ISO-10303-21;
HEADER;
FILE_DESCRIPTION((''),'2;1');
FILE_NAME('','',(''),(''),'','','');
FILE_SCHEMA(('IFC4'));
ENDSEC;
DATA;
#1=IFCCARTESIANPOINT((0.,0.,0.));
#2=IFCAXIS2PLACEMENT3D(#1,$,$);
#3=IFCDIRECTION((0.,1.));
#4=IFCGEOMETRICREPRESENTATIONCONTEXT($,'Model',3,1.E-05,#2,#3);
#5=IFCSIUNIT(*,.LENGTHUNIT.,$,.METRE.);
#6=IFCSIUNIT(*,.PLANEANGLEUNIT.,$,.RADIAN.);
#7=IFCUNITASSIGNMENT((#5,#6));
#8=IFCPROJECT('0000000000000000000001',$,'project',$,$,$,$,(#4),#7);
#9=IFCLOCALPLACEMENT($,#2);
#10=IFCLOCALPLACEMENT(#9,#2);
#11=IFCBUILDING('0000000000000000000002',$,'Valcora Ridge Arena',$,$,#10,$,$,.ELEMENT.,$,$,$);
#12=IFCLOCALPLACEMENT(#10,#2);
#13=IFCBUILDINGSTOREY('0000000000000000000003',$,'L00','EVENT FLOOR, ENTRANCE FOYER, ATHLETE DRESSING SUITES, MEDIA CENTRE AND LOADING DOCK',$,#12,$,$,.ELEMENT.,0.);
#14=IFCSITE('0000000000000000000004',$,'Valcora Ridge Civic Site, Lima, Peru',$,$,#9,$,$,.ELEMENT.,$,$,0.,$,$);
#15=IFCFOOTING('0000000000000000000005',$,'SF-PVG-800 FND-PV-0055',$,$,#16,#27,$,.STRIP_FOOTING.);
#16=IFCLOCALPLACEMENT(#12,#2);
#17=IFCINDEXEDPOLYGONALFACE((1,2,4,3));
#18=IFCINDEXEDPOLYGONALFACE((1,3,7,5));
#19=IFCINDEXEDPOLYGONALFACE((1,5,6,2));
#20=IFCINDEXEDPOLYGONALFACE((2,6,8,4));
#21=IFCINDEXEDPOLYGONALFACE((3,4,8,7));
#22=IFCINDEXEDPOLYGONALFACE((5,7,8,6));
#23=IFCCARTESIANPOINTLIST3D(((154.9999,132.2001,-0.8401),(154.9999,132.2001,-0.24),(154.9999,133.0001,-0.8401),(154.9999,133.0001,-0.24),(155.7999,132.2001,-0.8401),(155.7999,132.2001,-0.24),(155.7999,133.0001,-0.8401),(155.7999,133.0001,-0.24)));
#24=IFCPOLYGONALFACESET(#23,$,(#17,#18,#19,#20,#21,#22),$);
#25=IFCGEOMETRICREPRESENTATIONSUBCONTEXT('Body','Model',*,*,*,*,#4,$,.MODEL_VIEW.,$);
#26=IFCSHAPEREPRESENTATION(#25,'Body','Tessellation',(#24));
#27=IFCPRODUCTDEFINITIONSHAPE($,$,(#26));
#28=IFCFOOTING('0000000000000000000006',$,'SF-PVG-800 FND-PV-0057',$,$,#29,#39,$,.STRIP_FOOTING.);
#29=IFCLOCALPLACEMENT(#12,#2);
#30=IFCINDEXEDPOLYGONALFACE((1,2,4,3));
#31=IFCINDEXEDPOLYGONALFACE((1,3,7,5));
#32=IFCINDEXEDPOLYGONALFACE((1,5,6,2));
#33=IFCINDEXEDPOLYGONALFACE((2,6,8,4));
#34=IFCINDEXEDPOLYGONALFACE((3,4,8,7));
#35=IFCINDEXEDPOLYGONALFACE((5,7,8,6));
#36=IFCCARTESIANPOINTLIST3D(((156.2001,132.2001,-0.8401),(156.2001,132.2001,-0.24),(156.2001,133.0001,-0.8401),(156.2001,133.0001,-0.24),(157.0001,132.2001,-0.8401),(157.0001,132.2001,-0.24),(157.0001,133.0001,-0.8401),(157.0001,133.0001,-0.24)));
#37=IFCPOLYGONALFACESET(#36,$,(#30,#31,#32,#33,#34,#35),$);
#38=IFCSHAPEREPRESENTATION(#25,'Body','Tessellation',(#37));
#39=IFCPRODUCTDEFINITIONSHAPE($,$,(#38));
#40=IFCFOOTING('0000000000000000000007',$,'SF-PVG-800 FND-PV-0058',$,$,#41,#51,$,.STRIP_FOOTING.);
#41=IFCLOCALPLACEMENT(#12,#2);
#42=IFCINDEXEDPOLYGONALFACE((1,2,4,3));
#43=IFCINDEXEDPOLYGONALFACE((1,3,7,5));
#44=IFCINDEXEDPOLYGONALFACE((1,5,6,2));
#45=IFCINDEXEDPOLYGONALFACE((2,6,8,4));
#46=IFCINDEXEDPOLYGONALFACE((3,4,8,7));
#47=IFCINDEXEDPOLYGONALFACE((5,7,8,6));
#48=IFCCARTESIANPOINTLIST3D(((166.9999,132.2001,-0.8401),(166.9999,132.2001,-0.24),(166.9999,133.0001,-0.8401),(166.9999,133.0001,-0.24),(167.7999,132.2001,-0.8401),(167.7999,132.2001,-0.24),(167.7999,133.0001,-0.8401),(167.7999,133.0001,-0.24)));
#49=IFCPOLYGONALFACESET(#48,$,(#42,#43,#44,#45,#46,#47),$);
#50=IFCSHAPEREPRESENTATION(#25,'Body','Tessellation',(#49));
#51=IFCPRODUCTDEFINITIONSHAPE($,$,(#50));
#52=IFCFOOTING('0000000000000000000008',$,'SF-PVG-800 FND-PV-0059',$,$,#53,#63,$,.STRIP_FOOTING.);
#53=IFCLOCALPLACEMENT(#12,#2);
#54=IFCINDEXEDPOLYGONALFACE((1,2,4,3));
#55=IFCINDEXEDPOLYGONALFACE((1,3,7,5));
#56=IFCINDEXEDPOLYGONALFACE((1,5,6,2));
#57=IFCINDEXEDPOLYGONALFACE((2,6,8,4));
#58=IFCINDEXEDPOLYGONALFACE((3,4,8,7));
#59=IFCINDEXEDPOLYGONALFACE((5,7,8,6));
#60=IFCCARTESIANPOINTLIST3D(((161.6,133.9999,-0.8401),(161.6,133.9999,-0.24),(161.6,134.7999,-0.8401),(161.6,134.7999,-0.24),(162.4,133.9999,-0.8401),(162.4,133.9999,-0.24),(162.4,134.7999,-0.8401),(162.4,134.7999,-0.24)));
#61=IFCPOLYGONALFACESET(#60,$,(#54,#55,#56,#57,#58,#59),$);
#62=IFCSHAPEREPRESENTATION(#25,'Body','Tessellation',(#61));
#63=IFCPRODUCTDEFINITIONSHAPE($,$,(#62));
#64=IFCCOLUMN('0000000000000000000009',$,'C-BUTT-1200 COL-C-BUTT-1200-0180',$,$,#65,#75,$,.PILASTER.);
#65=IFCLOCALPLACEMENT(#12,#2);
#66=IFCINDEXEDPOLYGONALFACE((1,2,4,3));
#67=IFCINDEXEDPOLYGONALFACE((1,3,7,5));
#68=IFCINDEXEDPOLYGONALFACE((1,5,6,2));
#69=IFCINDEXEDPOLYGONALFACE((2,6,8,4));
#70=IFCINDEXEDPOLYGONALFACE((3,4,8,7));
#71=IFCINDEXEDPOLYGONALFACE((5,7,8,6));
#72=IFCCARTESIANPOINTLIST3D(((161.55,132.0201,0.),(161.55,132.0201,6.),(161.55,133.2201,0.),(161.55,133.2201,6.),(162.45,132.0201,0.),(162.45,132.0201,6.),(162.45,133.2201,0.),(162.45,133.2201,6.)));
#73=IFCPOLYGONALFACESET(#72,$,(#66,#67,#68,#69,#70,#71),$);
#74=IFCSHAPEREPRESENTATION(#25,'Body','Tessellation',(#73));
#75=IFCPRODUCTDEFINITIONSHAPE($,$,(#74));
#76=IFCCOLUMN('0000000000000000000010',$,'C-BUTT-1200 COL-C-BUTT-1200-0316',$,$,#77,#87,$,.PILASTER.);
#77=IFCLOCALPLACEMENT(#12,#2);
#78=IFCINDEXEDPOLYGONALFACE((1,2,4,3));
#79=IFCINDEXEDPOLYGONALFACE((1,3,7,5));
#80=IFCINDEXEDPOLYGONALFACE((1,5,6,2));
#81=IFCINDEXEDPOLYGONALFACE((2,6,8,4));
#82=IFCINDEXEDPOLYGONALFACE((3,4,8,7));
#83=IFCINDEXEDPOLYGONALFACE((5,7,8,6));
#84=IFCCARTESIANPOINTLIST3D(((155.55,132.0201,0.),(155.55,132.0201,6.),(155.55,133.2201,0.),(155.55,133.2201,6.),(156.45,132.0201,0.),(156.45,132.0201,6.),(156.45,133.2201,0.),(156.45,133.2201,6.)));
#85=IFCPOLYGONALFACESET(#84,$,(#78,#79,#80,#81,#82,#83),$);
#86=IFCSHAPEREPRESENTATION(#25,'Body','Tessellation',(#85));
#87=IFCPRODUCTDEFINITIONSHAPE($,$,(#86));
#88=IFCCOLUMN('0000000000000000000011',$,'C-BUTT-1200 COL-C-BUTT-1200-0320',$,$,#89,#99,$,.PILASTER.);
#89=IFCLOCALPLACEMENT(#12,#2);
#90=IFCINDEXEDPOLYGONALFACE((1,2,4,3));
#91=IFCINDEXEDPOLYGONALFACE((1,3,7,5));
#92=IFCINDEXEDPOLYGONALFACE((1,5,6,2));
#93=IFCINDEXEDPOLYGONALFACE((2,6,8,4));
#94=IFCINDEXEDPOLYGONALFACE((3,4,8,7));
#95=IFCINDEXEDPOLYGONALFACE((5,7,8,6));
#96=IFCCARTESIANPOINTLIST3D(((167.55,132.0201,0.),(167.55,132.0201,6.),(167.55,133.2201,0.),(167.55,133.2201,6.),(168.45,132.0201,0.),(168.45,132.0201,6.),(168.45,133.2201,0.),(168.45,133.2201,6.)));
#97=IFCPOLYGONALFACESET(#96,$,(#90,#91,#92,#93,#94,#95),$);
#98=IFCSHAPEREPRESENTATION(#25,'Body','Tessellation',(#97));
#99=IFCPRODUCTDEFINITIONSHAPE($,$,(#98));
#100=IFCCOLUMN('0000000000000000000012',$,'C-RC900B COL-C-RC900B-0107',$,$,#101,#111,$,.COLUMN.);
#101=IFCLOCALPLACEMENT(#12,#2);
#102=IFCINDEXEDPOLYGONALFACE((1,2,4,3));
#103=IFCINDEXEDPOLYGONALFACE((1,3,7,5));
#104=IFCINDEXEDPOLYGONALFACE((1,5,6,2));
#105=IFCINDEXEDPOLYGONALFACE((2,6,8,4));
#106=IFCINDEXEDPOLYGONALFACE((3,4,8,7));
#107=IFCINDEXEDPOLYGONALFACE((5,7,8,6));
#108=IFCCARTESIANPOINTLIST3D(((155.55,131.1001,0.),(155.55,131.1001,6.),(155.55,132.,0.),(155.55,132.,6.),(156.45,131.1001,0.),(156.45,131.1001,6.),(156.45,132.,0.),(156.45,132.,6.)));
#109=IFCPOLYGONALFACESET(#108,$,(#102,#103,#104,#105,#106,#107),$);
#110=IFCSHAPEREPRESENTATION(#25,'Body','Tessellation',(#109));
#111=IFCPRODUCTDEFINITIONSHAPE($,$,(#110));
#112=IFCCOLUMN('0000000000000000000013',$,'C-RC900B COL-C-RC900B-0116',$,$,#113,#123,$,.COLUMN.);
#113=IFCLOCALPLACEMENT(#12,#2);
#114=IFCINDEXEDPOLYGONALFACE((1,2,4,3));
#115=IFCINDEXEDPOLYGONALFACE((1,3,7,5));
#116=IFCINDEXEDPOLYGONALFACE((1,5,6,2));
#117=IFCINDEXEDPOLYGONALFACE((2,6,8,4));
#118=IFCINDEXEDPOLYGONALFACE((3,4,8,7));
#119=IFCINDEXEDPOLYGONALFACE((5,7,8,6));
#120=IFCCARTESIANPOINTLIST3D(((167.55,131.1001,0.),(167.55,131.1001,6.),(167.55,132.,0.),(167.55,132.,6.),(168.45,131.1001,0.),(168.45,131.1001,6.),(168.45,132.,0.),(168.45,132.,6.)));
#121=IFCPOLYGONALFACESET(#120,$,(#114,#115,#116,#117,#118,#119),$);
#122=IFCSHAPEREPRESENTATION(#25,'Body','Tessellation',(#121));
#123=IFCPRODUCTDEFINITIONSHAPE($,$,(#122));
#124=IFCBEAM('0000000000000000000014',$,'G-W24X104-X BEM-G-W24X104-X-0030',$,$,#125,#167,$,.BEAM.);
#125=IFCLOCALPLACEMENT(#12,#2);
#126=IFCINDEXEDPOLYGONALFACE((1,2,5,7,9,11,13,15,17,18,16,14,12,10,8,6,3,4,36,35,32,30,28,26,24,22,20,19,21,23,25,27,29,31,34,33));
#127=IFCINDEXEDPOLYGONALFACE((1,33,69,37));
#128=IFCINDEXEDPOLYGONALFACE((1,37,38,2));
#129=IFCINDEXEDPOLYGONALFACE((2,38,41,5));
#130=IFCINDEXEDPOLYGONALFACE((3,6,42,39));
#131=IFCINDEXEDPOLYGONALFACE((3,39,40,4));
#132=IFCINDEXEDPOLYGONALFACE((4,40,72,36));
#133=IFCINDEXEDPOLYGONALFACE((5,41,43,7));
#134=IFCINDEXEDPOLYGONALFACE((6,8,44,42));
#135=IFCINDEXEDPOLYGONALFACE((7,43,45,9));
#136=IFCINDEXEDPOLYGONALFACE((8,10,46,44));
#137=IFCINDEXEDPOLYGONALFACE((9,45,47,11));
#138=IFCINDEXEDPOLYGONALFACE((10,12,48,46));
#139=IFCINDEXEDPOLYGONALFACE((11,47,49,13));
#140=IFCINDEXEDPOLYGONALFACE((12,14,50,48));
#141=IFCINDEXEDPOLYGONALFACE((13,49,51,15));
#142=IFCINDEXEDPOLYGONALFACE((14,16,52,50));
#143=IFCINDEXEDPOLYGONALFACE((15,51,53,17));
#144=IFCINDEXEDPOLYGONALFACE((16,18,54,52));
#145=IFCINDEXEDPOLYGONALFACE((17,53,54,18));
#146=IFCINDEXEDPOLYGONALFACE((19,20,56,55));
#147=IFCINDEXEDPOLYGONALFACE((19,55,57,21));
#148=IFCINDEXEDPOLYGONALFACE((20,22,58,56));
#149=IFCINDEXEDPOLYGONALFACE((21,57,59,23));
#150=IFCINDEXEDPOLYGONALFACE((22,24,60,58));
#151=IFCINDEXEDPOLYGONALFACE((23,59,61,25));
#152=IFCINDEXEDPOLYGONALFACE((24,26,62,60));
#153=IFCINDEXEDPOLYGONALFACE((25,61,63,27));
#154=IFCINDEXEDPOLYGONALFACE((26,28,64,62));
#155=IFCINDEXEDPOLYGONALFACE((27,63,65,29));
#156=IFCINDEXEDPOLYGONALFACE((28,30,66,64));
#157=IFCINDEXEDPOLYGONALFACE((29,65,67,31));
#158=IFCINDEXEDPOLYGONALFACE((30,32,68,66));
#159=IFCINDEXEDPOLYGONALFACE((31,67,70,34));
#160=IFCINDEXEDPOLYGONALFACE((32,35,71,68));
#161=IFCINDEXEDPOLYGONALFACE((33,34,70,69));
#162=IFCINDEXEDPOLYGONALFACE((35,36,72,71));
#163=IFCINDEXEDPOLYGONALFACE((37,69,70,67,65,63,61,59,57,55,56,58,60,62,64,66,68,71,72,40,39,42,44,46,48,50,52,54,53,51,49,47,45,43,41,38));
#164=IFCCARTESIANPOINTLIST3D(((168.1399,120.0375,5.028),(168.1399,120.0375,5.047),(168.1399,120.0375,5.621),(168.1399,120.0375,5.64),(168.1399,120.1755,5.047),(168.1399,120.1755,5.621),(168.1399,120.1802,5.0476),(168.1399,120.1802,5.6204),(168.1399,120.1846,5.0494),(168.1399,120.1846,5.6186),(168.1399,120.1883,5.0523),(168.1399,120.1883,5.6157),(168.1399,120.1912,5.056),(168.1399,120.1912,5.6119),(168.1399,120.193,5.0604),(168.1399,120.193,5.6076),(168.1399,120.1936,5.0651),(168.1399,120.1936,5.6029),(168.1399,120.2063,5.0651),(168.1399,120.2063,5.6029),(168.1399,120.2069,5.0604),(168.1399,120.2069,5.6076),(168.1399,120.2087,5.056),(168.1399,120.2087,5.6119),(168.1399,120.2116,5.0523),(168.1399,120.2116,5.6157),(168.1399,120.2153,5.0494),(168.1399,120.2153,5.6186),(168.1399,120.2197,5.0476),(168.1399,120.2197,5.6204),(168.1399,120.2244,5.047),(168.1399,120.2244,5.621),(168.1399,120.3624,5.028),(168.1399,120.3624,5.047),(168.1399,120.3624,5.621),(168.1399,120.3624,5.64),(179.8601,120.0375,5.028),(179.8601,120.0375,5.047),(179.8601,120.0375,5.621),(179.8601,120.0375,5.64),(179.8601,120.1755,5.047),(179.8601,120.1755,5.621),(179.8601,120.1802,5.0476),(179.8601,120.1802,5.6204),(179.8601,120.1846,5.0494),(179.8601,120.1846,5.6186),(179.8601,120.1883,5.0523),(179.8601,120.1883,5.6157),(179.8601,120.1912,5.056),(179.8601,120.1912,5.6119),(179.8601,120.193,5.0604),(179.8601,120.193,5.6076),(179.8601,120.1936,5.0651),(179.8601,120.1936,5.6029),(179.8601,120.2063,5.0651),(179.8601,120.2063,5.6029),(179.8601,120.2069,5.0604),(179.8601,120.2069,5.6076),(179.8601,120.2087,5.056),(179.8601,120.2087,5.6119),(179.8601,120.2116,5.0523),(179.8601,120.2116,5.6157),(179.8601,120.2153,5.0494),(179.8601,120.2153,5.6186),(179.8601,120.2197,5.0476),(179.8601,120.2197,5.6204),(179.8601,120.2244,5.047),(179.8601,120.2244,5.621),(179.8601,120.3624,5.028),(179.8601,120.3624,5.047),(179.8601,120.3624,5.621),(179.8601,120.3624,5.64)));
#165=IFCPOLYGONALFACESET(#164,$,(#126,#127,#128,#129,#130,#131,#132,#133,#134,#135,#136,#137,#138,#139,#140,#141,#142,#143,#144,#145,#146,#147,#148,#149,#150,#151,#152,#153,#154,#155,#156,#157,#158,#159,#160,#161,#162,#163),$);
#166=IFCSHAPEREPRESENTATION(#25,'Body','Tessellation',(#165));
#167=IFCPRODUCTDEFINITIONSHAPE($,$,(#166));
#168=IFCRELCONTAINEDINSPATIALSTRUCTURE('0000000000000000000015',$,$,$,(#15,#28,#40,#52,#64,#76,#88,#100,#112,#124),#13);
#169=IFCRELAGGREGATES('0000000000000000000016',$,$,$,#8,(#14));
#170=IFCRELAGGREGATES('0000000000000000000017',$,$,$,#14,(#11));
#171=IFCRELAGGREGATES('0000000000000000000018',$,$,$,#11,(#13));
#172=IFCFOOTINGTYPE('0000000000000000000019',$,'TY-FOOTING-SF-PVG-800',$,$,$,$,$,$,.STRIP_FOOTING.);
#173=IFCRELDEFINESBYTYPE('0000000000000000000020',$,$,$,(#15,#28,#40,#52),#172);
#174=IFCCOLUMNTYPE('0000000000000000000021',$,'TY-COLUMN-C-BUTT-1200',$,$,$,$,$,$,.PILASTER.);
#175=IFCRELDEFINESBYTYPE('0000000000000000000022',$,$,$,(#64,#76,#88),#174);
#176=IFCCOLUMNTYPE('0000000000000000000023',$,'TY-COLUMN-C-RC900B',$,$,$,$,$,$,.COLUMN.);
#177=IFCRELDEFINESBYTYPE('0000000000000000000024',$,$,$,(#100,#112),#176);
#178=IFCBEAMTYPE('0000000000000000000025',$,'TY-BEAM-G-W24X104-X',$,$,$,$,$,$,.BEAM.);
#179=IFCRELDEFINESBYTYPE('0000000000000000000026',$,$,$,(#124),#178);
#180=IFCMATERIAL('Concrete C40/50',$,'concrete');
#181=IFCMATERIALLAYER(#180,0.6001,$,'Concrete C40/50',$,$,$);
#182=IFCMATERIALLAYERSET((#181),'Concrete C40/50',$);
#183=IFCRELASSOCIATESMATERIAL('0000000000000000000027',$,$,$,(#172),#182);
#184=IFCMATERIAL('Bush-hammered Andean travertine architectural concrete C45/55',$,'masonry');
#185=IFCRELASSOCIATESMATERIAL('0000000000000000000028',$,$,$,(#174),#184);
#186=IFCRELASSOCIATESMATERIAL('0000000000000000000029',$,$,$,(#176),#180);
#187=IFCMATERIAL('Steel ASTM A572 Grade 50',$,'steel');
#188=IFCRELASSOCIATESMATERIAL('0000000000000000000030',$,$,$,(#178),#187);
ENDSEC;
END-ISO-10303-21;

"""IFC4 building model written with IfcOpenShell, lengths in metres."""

from ifc_helpers import new_model, si_unit, direction, frame, origin, origin_2d, place, context, subcontext, project, spatial, rectangle, i_section, extrude, material, layer, layer_set, material_profile, profile_set, type_object, element, save


model = new_model("IFC4")

# Units and contexts
model_context = context("Model", 3, precision=1e-05, world=origin(), true_north=direction((0.0, 1.0)))
body_context = subcontext(model_context, "Body", "Model", "MODEL_VIEW")
ifc_project = project(units=[si_unit("LENGTHUNIT", "METRE"), si_unit("PLANEANGLEUNIT", "RADIAN")], contexts=[model_context])

# Site, building, storey
site_placement = place(None, origin())
site = spatial("IfcSite", under=ifc_project, at=site_placement, Name="Valcora Ridge Civic Site, Lima, Peru", CompositionType="ELEMENT", RefElevation=0.0)
building_placement = place(site_placement, origin())
building = spatial("IfcBuilding", under=site, at=building_placement, Name="Valcora Ridge Arena", CompositionType="ELEMENT")
storey_placement = place(building_placement, origin())
storey = spatial("IfcBuildingStorey", under=building, at=storey_placement, Name="L00", Description="EVENT FLOOR, ENTRANCE FOYER, ATHLETE DRESSING SUITES, MEDIA CENTRE AND LOADING DOCK", CompositionType="ELEMENT", Elevation=0.0)

# Footings
ifc_material_1 = material(Name="Concrete C40/50", Category="concrete")
ifc_layer_1 = layer(ifc_material_1, 0.6001, Name="Concrete C40/50")
ifc_layer_set_1 = layer_set([ifc_layer_1], Name="Concrete C40/50")
footing_type = type_object("IfcFootingType", Name="TY-FOOTING-SF-PVG-800", PredefinedType="STRIP_FOOTING", material=ifc_layer_set_1)
for number, where, z_axis, x_axis, name in (
    (1, (155.3999, 132.6001, -0.8401), (0.0, 0.0, 1.0), (1.0, 0.0, 0.0), "SF-PVG-800 FND-PV-0055"),
    (2, (156.6001, 132.6001, -0.8401), (0.0, 0.0, 1.0), (1.0, 0.0, 0.0), "SF-PVG-800 FND-PV-0057"),
    (3, (167.3999, 132.6001, -0.8401), (0.0, 0.0, 1.0), (1.0, 0.0, 0.0), "SF-PVG-800 FND-PV-0058"),
    (4, (162.0, 134.3999, -0.8401), (0.0, 0.0, 1.0), (1.0, 0.0, 0.0), "SF-PVG-800 FND-PV-0059"),
):
    element("IfcFooting", number, at=place(storey_placement, frame(where, z_axis=z_axis, x_axis=x_axis)), inside=storey, type_object=footing_type, Name=name, PredefinedType="STRIP_FOOTING", context=body_context, shape_type="SweptSolid", body=[
        extrude(rectangle(XDim=0.8, YDim=0.8, at=origin_2d()), origin(), (0.0, 0.0, 1.0), 0.6001),
    ])

# Columns
ifc_material_2 = material(Name="Bush-hammered Andean travertine architectural concrete C45/55", Category="masonry")
ifc_material_profile_1 = material_profile(ifc_material_2, rectangle(XDim=0.8999, YDim=1.2, at=origin_2d()), Name="RC 900x1200")
ifc_profile_set_1 = profile_set([ifc_material_profile_1], Name="Bush-hammered Andean travertine architectural concrete C45/55")
column_type_1 = type_object("IfcColumnType", Name="TY-COLUMN-C-BUTT-1200", PredefinedType="PILASTER", material=ifc_profile_set_1)
for number, where, z_axis, x_axis, name in (
    (5, (162.0, 132.6201, 0.0), (0.0, 0.0, 1.0), (1.0, 0.0, 0.0), "C-BUTT-1200 COL-C-BUTT-1200-0180"),
    (6, (156.0, 132.6201, 0.0), (0.0, 0.0, 1.0), (1.0, 0.0, 0.0), "C-BUTT-1200 COL-C-BUTT-1200-0316"),
    (7, (168.0, 132.6201, 0.0), (0.0, 0.0, 1.0), (1.0, 0.0, 0.0), "C-BUTT-1200 COL-C-BUTT-1200-0320"),
):
    element("IfcColumn", number, at=place(storey_placement, frame(where, z_axis=z_axis, x_axis=x_axis)), inside=storey, type_object=column_type_1, Name=name, PredefinedType="PILASTER", context=body_context, shape_type="SweptSolid", body=[
        extrude(rectangle(XDim=0.8999, YDim=1.2, at=origin_2d()), origin(), (0.0, 0.0, 1.0), 6.0),
    ])
ifc_material_profile_2 = material_profile(ifc_material_1, rectangle(XDim=0.8999, YDim=0.8999, at=origin_2d()), Name="RC 900x900")
ifc_profile_set_2 = profile_set([ifc_material_profile_2], Name="Concrete C40/50")
column_type_2 = type_object("IfcColumnType", Name="TY-COLUMN-C-RC900B", PredefinedType="COLUMN", material=ifc_profile_set_2)
for number, where, z_axis, x_axis, name in (
    (8, (156.0, 131.55, 0.0), (0.0, 0.0, 1.0), (1.0, 0.0, 0.0), "C-RC900B COL-C-RC900B-0107"),
    (9, (168.0, 131.55, 0.0), (0.0, 0.0, 1.0), (1.0, 0.0, 0.0), "C-RC900B COL-C-RC900B-0116"),
):
    element("IfcColumn", number, at=place(storey_placement, frame(where, z_axis=z_axis, x_axis=x_axis)), inside=storey, type_object=column_type_2, Name=name, PredefinedType="COLUMN", context=body_context, shape_type="SweptSolid", body=[
        extrude(rectangle(XDim=0.8999, YDim=0.8999, at=origin_2d()), origin(), (0.0, 0.0, 1.0), 6.0),
    ])

# Beam
ifc_material_3 = material(Name="Steel ASTM A572 Grade 50", Category="steel")
ifc_material_profile_3 = material_profile(ifc_material_3, i_section(OverallWidth=0.325, OverallDepth=0.6121, WebThickness=0.0127, FlangeThickness=0.019, FilletRadius=0.0181, at=origin_2d()), Name="W24X104")
ifc_profile_set_3 = profile_set([ifc_material_profile_3], Name="Steel ASTM A572 Grade 50")
beam_type_1 = type_object("IfcBeamType", Name="TY-BEAM-G-W24X104-X", PredefinedType="BEAM", material=ifc_profile_set_3)
beam_placement = place(storey_placement, frame((168.1399, 120.2, 5.334), z_axis=(1.0, 0.0, 0.0), x_axis=(0.0, 1.0, 0.0)))
element("IfcBeam", 10, at=beam_placement, inside=storey, type_object=beam_type_1, Name="G-W24X104-X BEM-G-W24X104-X-0030", PredefinedType="BEAM", context=body_context, shape_type="SweptSolid", body=[
    extrude(i_section(OverallWidth=0.325, OverallDepth=0.6121, WebThickness=0.0127, FlangeThickness=0.019, FilletRadius=0.0181, at=origin_2d()), origin(), (0.0, 0.0, 1.0), 11.7202),
])

save(model, "model.ifc")
